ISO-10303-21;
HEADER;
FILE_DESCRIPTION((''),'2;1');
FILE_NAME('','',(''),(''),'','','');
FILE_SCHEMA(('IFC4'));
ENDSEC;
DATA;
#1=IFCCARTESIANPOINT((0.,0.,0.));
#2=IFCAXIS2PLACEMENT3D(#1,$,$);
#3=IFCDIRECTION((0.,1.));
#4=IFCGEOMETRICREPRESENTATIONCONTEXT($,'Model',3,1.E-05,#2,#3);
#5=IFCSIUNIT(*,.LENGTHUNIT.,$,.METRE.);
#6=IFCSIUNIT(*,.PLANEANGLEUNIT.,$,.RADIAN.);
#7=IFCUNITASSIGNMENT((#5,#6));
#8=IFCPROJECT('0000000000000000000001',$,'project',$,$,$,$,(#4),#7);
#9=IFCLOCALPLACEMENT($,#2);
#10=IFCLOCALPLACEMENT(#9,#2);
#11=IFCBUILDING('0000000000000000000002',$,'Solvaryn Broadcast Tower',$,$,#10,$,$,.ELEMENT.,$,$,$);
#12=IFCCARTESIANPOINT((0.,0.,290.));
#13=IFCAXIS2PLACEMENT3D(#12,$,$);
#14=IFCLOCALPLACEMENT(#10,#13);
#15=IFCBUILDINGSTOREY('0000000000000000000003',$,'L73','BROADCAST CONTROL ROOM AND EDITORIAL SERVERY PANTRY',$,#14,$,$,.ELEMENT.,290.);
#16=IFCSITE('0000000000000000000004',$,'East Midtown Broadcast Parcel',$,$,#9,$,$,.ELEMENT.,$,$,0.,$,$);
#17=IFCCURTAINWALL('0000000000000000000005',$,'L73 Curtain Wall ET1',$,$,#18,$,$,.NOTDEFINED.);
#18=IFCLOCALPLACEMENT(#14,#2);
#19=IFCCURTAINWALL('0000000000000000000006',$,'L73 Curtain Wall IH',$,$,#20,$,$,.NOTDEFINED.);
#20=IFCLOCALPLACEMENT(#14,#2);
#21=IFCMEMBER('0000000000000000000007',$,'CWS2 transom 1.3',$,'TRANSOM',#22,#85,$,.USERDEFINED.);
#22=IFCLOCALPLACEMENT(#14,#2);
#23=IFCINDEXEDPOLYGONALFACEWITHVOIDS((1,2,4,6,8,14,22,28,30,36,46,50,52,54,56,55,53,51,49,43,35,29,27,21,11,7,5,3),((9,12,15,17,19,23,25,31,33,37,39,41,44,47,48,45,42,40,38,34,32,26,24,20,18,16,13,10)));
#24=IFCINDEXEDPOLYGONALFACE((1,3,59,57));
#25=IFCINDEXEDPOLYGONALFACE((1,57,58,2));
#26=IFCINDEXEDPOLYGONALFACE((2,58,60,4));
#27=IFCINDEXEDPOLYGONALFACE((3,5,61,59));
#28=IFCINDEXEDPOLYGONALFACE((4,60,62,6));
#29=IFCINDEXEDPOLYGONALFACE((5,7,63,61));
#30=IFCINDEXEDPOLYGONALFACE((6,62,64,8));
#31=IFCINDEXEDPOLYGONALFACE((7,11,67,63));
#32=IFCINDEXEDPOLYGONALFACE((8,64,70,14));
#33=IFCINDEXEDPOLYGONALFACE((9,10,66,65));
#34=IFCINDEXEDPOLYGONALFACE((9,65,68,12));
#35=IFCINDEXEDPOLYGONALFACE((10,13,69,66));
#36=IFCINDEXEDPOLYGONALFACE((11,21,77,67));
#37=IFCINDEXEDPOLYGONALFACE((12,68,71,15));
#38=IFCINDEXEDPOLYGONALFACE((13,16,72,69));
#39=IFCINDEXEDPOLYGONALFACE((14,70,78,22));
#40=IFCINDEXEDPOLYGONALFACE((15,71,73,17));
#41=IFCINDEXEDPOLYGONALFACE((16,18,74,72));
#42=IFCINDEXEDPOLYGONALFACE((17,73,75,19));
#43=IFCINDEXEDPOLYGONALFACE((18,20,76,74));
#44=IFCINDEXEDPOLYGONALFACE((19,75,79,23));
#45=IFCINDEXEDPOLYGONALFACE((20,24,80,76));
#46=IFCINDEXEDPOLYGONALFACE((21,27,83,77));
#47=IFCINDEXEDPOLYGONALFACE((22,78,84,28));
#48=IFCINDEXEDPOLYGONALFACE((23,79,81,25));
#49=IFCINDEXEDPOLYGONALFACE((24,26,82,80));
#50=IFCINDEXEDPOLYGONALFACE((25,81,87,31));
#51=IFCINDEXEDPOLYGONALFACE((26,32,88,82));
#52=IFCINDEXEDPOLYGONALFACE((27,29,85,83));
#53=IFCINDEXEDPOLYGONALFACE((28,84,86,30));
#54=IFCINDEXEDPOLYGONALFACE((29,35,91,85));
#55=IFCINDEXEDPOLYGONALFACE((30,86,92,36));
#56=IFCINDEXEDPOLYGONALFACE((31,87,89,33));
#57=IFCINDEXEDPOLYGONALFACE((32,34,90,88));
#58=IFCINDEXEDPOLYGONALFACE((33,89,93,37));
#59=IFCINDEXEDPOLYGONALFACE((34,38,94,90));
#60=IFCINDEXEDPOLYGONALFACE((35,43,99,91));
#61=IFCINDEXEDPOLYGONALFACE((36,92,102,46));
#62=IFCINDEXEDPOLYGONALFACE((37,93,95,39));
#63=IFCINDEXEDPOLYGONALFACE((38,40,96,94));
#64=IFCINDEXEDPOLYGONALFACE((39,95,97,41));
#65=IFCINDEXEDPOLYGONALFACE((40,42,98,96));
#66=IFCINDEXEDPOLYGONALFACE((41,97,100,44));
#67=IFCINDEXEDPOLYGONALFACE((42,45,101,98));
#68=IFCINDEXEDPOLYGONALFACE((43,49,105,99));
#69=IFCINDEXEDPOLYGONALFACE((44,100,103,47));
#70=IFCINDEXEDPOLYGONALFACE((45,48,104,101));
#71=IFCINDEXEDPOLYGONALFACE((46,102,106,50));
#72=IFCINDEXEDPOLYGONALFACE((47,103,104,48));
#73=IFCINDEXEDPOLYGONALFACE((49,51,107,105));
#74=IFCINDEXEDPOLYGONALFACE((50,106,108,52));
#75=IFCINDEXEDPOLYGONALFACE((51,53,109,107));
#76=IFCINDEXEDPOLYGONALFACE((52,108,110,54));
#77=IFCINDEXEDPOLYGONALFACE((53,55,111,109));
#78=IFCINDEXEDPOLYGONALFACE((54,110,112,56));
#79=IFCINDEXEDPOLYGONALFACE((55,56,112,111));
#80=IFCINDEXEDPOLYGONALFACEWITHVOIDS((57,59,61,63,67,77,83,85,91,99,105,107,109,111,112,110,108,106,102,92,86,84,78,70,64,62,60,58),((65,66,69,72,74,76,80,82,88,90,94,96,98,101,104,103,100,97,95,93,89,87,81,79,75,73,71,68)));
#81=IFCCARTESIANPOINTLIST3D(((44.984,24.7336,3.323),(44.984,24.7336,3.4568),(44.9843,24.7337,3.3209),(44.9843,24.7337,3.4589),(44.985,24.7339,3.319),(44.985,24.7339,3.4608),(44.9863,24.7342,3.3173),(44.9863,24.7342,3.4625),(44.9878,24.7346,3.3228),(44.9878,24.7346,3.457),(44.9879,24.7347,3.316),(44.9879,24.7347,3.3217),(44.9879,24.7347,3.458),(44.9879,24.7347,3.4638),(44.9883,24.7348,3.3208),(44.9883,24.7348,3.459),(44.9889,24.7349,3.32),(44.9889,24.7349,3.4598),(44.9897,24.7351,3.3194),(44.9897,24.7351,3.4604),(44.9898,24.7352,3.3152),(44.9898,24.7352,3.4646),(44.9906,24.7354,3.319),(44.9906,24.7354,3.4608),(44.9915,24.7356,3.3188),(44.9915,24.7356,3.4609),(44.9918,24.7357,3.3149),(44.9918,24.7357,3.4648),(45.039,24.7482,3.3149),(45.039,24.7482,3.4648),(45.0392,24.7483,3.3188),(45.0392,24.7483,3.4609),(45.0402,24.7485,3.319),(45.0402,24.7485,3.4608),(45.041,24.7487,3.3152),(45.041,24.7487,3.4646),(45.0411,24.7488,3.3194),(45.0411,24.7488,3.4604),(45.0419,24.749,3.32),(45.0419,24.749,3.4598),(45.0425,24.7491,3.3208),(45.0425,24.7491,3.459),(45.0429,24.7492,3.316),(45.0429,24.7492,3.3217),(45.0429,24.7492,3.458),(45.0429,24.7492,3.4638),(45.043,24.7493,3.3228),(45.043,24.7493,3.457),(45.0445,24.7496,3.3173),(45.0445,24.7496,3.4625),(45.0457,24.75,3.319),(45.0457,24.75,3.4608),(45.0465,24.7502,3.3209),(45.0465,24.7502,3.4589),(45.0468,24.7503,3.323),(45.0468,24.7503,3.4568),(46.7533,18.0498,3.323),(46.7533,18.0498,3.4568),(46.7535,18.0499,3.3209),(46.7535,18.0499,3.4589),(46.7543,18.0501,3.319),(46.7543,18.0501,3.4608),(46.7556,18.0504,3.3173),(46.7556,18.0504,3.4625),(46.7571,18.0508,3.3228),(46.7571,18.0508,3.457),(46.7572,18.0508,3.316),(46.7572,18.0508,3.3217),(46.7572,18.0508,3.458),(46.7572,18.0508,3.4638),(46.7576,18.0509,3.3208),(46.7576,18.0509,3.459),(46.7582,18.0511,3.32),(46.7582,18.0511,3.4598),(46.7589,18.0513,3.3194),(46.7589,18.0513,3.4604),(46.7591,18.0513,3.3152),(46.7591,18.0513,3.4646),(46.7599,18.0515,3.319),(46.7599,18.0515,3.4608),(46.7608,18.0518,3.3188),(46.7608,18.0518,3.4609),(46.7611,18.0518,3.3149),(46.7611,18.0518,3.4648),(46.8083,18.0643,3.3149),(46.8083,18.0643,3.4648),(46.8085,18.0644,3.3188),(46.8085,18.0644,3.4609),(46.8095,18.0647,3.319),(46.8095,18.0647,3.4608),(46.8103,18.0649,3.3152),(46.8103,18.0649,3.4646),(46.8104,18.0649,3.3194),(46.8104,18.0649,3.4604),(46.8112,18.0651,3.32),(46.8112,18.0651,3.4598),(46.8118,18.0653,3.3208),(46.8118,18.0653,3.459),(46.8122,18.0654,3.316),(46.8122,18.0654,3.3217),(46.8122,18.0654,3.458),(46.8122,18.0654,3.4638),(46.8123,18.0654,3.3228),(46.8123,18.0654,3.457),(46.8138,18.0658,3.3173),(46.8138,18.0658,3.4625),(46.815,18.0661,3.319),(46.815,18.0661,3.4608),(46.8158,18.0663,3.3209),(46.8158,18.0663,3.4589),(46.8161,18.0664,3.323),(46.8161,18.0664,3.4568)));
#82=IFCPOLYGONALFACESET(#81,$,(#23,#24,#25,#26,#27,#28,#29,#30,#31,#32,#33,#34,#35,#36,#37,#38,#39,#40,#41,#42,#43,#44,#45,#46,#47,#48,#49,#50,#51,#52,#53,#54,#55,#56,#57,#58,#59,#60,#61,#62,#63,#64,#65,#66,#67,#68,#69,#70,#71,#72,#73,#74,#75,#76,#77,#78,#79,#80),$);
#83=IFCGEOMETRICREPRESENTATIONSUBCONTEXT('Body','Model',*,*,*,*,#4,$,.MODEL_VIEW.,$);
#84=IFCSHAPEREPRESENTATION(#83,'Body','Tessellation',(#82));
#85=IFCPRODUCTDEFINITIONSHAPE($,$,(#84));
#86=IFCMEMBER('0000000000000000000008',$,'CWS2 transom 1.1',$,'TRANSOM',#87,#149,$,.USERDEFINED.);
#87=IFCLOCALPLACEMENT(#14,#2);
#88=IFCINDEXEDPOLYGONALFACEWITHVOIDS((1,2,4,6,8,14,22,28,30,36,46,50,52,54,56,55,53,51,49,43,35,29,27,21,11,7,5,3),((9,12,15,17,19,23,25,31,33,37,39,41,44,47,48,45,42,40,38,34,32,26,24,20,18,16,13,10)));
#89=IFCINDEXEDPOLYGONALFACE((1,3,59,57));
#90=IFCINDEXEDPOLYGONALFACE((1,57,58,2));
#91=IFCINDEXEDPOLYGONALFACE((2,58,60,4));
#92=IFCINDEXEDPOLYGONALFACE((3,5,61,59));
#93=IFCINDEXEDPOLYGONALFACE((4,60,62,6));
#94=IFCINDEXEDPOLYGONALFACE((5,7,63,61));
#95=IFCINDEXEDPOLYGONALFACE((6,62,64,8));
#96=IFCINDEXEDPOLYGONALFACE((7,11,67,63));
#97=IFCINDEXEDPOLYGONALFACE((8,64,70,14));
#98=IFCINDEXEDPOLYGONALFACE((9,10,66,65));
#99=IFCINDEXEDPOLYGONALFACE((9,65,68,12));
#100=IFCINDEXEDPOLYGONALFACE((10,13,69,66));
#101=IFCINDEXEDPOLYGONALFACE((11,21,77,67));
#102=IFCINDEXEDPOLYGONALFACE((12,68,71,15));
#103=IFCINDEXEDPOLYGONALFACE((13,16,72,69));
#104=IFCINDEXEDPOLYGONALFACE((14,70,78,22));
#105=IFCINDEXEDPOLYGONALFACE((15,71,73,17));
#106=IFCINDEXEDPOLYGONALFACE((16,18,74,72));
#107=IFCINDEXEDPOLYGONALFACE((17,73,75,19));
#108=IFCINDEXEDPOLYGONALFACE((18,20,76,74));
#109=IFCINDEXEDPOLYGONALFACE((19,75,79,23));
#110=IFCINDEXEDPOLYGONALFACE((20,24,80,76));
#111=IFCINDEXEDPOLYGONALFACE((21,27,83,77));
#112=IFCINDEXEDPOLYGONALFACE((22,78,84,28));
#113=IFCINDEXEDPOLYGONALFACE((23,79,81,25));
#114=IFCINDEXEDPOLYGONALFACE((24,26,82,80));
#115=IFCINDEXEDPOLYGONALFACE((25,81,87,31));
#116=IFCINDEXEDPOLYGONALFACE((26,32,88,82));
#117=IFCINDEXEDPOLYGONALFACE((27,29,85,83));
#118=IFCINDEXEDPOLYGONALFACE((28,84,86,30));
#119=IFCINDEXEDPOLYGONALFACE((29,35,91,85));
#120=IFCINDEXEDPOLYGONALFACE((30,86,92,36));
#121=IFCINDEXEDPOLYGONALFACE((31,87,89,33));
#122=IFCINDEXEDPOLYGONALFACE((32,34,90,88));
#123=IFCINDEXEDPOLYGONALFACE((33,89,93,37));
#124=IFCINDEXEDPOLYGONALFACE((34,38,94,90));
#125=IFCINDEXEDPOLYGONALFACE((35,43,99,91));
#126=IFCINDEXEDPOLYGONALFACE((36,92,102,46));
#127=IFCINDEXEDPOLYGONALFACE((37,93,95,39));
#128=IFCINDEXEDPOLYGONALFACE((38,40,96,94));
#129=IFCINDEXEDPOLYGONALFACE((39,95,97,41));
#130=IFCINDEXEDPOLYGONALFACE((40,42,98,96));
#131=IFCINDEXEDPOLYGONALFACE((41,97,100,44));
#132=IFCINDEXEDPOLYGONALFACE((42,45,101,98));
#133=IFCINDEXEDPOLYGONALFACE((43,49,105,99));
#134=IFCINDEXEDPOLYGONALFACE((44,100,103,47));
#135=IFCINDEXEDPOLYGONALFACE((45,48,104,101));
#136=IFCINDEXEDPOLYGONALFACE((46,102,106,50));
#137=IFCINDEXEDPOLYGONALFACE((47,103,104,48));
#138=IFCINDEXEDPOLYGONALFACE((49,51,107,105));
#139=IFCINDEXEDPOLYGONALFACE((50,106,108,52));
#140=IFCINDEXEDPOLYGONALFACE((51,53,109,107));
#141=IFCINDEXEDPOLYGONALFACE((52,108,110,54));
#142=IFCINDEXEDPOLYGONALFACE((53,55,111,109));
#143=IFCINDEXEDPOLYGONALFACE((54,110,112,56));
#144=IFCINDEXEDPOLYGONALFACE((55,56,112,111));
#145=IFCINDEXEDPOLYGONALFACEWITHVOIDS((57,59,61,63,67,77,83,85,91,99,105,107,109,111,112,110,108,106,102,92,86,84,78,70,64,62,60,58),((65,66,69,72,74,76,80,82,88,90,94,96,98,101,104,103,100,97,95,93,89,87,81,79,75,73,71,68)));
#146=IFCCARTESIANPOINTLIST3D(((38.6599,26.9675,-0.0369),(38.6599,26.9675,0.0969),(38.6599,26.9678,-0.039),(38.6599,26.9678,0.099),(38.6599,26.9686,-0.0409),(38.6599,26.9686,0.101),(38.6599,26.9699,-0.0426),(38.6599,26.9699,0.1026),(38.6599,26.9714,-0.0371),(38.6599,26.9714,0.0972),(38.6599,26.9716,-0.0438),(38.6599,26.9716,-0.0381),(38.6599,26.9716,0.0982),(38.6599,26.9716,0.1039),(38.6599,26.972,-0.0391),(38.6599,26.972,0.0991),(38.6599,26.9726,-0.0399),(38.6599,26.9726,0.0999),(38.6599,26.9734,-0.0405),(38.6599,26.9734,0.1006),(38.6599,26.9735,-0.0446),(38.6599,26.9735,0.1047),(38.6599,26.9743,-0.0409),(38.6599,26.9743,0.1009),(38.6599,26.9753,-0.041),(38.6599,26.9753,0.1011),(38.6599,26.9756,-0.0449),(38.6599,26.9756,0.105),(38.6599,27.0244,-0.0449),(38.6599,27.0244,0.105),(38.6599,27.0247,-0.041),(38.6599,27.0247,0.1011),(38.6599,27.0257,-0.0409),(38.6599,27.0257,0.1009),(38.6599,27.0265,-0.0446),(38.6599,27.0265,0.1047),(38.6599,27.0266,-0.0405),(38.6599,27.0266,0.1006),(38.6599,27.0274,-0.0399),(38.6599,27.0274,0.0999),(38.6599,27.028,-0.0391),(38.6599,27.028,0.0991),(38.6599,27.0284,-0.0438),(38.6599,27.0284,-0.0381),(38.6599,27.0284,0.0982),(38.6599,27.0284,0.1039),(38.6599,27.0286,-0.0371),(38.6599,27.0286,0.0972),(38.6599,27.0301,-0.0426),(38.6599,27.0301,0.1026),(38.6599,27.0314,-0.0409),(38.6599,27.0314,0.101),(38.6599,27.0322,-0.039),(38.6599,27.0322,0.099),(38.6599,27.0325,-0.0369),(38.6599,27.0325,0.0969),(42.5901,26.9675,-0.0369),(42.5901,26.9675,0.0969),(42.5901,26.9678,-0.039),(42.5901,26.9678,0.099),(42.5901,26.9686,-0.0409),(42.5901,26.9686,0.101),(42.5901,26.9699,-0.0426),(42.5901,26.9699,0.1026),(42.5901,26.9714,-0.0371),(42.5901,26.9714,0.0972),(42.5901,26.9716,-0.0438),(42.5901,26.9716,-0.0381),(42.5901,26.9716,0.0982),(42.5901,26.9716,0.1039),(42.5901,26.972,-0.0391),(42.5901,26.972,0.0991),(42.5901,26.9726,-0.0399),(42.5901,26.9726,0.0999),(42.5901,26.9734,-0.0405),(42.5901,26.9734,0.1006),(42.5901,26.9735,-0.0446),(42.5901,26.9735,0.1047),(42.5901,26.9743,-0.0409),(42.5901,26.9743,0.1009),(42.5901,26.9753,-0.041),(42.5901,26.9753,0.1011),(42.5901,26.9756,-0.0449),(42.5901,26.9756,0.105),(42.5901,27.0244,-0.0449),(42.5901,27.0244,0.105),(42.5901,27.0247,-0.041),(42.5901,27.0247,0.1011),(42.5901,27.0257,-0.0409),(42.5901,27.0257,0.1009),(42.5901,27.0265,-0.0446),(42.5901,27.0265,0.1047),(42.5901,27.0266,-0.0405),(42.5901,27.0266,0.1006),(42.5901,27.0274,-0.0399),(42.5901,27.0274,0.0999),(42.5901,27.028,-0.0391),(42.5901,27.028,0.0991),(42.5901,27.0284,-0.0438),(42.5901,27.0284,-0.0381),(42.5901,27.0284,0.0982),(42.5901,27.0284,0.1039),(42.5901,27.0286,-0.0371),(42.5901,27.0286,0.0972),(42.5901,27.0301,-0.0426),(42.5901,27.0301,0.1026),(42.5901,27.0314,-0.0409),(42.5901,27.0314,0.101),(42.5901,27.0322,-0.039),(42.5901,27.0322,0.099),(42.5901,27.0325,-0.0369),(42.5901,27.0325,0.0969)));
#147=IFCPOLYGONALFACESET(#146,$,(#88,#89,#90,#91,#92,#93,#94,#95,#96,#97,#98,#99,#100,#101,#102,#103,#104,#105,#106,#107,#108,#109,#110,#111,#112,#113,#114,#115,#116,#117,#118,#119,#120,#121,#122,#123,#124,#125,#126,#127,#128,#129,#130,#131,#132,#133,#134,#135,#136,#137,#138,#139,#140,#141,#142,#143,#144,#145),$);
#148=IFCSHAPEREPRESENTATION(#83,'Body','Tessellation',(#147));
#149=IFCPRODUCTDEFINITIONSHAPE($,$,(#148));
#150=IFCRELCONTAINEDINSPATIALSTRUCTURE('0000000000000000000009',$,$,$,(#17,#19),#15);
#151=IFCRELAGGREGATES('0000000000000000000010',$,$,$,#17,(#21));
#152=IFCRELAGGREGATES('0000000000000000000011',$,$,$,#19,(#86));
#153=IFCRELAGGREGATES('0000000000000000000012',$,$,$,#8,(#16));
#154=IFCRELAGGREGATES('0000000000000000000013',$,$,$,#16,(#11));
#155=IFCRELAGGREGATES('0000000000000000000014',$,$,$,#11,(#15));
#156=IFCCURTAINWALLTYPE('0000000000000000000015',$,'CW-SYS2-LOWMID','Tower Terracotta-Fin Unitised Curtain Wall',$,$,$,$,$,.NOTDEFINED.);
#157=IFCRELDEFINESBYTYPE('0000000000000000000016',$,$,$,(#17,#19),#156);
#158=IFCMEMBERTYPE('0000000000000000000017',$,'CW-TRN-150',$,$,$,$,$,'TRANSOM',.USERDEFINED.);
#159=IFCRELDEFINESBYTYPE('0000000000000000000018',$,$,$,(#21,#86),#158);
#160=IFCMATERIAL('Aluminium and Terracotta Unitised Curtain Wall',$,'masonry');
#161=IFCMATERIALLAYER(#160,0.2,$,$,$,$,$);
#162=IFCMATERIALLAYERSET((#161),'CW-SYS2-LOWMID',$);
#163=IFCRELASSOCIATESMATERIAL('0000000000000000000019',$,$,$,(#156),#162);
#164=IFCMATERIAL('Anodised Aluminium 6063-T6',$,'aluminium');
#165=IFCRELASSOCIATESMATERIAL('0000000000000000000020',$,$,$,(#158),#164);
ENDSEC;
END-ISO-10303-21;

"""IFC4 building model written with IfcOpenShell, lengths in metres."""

from ifc_helpers import new_model, si_unit, direction, frame, origin, origin_2d, place, context, subcontext, project, spatial, hollow_rectangle, extrude, material, layer, layer_set, material_profile, profile_set, type_object, element, aggregate, save


model = new_model("IFC4")

# Units and contexts
model_context = context("Model", 3, precision=1e-05, world=origin(), true_north=direction((0.0, 1.0)))
body_context = subcontext(model_context, "Body", "Model", "MODEL_VIEW")
ifc_project = project(units=[si_unit("LENGTHUNIT", "METRE"), si_unit("PLANEANGLEUNIT", "RADIAN")], contexts=[model_context])

# Site, building, storey
site_placement = place(None, origin())
site = spatial("IfcSite", under=ifc_project, at=site_placement, Name="East Midtown Broadcast Parcel", CompositionType="ELEMENT", RefElevation=0.0)
building_placement = place(site_placement, origin())
building = spatial("IfcBuilding", under=site, at=building_placement, Name="Solvaryn Broadcast Tower", CompositionType="ELEMENT")
storey_placement = place(building_placement, frame((0.0, 0.0, 290.0)))
storey = spatial("IfcBuildingStorey", under=building, at=storey_placement, Name="L73", Description="BROADCAST CONTROL ROOM AND EDITORIAL SERVERY PANTRY", CompositionType="ELEMENT", Elevation=290.0)

# Curtain walls
ifc_material_1 = material(Name="Aluminium and Terracotta Unitised Curtain Wall", Category="masonry")
ifc_layer_1 = layer(ifc_material_1, 0.2)
ifc_layer_set_1 = layer_set([ifc_layer_1], Name="CW-SYS2-LOWMID")
curtain_wall_type = type_object("IfcCurtainWallType", Name="CW-SYS2-LOWMID", Description="Tower Terracotta-Fin Unitised Curtain Wall", PredefinedType="NOTDEFINED", material=ifc_layer_set_1)
curtain_wall_1_placement = place(storey_placement, origin())
curtain_wall_1 = element("IfcCurtainWall", 1, at=curtain_wall_1_placement, inside=storey, type_object=curtain_wall_type, Name="L73 Curtain Wall ET1", PredefinedType="NOTDEFINED")
curtain_wall_2_placement = place(storey_placement, origin())
curtain_wall_2 = element("IfcCurtainWall", 2, at=curtain_wall_2_placement, inside=storey, type_object=curtain_wall_type, Name="L73 Curtain Wall IH", PredefinedType="NOTDEFINED")

# Members
ifc_material_2 = material(Name="Anodised Aluminium 6063-T6", Category="aluminium")
ifc_material_profile_1 = material_profile(ifc_material_2, hollow_rectangle(XDim=0.0649, YDim=0.1499, WallThickness=0.0039, InnerFilletRadius=0.0039, OuterFilletRadius=0.0081, at=origin_2d()))
ifc_profile_set_1 = profile_set([ifc_material_profile_1], Name="Anodised Aluminium 6063-T6")
member_type_1 = type_object("IfcMemberType", Name="CW-TRN-150", ElementType="TRANSOM", PredefinedType="USERDEFINED", material=ifc_profile_set_1)
member_1_placement = place(storey_placement, frame((45.0154, 24.7419, 3.3899), z_axis=(0.255897, -0.966704, 0.0), x_axis=(0.966704, 0.255897, 0.0)))
member_1 = element("IfcMember", 3, at=member_1_placement, type_object=member_type_1, Name="CWS2 transom 1.3", ObjectType="TRANSOM", PredefinedType="USERDEFINED", context=body_context, shape_type="SweptSolid", body=[
    extrude(hollow_rectangle(XDim=0.0649, YDim=0.1499, WallThickness=0.0039, InnerFilletRadius=0.0039, OuterFilletRadius=0.0081, at=origin_2d()), origin(), (0.0, 0.0, 1.0), 6.9141),
])
member_2_placement = place(storey_placement, frame((38.6599, 27.0, 0.03), z_axis=(1.0, 0.0, 0.0), x_axis=(0.0, 1.0, 0.0)))
member_2 = element("IfcMember", 4, at=member_2_placement, type_object=member_type_1, Name="CWS2 transom 1.1", ObjectType="TRANSOM", PredefinedType="USERDEFINED", context=body_context, shape_type="SweptSolid", body=[
    extrude(hollow_rectangle(XDim=0.0649, YDim=0.1499, WallThickness=0.0039, InnerFilletRadius=0.0039, OuterFilletRadius=0.0081, at=origin_2d()), origin(), (0.0, 0.0, 1.0), 3.9302),
])

aggregate(curtain_wall_1, [member_1])
aggregate(curtain_wall_2, [member_2])

save(model, "model.ifc")
